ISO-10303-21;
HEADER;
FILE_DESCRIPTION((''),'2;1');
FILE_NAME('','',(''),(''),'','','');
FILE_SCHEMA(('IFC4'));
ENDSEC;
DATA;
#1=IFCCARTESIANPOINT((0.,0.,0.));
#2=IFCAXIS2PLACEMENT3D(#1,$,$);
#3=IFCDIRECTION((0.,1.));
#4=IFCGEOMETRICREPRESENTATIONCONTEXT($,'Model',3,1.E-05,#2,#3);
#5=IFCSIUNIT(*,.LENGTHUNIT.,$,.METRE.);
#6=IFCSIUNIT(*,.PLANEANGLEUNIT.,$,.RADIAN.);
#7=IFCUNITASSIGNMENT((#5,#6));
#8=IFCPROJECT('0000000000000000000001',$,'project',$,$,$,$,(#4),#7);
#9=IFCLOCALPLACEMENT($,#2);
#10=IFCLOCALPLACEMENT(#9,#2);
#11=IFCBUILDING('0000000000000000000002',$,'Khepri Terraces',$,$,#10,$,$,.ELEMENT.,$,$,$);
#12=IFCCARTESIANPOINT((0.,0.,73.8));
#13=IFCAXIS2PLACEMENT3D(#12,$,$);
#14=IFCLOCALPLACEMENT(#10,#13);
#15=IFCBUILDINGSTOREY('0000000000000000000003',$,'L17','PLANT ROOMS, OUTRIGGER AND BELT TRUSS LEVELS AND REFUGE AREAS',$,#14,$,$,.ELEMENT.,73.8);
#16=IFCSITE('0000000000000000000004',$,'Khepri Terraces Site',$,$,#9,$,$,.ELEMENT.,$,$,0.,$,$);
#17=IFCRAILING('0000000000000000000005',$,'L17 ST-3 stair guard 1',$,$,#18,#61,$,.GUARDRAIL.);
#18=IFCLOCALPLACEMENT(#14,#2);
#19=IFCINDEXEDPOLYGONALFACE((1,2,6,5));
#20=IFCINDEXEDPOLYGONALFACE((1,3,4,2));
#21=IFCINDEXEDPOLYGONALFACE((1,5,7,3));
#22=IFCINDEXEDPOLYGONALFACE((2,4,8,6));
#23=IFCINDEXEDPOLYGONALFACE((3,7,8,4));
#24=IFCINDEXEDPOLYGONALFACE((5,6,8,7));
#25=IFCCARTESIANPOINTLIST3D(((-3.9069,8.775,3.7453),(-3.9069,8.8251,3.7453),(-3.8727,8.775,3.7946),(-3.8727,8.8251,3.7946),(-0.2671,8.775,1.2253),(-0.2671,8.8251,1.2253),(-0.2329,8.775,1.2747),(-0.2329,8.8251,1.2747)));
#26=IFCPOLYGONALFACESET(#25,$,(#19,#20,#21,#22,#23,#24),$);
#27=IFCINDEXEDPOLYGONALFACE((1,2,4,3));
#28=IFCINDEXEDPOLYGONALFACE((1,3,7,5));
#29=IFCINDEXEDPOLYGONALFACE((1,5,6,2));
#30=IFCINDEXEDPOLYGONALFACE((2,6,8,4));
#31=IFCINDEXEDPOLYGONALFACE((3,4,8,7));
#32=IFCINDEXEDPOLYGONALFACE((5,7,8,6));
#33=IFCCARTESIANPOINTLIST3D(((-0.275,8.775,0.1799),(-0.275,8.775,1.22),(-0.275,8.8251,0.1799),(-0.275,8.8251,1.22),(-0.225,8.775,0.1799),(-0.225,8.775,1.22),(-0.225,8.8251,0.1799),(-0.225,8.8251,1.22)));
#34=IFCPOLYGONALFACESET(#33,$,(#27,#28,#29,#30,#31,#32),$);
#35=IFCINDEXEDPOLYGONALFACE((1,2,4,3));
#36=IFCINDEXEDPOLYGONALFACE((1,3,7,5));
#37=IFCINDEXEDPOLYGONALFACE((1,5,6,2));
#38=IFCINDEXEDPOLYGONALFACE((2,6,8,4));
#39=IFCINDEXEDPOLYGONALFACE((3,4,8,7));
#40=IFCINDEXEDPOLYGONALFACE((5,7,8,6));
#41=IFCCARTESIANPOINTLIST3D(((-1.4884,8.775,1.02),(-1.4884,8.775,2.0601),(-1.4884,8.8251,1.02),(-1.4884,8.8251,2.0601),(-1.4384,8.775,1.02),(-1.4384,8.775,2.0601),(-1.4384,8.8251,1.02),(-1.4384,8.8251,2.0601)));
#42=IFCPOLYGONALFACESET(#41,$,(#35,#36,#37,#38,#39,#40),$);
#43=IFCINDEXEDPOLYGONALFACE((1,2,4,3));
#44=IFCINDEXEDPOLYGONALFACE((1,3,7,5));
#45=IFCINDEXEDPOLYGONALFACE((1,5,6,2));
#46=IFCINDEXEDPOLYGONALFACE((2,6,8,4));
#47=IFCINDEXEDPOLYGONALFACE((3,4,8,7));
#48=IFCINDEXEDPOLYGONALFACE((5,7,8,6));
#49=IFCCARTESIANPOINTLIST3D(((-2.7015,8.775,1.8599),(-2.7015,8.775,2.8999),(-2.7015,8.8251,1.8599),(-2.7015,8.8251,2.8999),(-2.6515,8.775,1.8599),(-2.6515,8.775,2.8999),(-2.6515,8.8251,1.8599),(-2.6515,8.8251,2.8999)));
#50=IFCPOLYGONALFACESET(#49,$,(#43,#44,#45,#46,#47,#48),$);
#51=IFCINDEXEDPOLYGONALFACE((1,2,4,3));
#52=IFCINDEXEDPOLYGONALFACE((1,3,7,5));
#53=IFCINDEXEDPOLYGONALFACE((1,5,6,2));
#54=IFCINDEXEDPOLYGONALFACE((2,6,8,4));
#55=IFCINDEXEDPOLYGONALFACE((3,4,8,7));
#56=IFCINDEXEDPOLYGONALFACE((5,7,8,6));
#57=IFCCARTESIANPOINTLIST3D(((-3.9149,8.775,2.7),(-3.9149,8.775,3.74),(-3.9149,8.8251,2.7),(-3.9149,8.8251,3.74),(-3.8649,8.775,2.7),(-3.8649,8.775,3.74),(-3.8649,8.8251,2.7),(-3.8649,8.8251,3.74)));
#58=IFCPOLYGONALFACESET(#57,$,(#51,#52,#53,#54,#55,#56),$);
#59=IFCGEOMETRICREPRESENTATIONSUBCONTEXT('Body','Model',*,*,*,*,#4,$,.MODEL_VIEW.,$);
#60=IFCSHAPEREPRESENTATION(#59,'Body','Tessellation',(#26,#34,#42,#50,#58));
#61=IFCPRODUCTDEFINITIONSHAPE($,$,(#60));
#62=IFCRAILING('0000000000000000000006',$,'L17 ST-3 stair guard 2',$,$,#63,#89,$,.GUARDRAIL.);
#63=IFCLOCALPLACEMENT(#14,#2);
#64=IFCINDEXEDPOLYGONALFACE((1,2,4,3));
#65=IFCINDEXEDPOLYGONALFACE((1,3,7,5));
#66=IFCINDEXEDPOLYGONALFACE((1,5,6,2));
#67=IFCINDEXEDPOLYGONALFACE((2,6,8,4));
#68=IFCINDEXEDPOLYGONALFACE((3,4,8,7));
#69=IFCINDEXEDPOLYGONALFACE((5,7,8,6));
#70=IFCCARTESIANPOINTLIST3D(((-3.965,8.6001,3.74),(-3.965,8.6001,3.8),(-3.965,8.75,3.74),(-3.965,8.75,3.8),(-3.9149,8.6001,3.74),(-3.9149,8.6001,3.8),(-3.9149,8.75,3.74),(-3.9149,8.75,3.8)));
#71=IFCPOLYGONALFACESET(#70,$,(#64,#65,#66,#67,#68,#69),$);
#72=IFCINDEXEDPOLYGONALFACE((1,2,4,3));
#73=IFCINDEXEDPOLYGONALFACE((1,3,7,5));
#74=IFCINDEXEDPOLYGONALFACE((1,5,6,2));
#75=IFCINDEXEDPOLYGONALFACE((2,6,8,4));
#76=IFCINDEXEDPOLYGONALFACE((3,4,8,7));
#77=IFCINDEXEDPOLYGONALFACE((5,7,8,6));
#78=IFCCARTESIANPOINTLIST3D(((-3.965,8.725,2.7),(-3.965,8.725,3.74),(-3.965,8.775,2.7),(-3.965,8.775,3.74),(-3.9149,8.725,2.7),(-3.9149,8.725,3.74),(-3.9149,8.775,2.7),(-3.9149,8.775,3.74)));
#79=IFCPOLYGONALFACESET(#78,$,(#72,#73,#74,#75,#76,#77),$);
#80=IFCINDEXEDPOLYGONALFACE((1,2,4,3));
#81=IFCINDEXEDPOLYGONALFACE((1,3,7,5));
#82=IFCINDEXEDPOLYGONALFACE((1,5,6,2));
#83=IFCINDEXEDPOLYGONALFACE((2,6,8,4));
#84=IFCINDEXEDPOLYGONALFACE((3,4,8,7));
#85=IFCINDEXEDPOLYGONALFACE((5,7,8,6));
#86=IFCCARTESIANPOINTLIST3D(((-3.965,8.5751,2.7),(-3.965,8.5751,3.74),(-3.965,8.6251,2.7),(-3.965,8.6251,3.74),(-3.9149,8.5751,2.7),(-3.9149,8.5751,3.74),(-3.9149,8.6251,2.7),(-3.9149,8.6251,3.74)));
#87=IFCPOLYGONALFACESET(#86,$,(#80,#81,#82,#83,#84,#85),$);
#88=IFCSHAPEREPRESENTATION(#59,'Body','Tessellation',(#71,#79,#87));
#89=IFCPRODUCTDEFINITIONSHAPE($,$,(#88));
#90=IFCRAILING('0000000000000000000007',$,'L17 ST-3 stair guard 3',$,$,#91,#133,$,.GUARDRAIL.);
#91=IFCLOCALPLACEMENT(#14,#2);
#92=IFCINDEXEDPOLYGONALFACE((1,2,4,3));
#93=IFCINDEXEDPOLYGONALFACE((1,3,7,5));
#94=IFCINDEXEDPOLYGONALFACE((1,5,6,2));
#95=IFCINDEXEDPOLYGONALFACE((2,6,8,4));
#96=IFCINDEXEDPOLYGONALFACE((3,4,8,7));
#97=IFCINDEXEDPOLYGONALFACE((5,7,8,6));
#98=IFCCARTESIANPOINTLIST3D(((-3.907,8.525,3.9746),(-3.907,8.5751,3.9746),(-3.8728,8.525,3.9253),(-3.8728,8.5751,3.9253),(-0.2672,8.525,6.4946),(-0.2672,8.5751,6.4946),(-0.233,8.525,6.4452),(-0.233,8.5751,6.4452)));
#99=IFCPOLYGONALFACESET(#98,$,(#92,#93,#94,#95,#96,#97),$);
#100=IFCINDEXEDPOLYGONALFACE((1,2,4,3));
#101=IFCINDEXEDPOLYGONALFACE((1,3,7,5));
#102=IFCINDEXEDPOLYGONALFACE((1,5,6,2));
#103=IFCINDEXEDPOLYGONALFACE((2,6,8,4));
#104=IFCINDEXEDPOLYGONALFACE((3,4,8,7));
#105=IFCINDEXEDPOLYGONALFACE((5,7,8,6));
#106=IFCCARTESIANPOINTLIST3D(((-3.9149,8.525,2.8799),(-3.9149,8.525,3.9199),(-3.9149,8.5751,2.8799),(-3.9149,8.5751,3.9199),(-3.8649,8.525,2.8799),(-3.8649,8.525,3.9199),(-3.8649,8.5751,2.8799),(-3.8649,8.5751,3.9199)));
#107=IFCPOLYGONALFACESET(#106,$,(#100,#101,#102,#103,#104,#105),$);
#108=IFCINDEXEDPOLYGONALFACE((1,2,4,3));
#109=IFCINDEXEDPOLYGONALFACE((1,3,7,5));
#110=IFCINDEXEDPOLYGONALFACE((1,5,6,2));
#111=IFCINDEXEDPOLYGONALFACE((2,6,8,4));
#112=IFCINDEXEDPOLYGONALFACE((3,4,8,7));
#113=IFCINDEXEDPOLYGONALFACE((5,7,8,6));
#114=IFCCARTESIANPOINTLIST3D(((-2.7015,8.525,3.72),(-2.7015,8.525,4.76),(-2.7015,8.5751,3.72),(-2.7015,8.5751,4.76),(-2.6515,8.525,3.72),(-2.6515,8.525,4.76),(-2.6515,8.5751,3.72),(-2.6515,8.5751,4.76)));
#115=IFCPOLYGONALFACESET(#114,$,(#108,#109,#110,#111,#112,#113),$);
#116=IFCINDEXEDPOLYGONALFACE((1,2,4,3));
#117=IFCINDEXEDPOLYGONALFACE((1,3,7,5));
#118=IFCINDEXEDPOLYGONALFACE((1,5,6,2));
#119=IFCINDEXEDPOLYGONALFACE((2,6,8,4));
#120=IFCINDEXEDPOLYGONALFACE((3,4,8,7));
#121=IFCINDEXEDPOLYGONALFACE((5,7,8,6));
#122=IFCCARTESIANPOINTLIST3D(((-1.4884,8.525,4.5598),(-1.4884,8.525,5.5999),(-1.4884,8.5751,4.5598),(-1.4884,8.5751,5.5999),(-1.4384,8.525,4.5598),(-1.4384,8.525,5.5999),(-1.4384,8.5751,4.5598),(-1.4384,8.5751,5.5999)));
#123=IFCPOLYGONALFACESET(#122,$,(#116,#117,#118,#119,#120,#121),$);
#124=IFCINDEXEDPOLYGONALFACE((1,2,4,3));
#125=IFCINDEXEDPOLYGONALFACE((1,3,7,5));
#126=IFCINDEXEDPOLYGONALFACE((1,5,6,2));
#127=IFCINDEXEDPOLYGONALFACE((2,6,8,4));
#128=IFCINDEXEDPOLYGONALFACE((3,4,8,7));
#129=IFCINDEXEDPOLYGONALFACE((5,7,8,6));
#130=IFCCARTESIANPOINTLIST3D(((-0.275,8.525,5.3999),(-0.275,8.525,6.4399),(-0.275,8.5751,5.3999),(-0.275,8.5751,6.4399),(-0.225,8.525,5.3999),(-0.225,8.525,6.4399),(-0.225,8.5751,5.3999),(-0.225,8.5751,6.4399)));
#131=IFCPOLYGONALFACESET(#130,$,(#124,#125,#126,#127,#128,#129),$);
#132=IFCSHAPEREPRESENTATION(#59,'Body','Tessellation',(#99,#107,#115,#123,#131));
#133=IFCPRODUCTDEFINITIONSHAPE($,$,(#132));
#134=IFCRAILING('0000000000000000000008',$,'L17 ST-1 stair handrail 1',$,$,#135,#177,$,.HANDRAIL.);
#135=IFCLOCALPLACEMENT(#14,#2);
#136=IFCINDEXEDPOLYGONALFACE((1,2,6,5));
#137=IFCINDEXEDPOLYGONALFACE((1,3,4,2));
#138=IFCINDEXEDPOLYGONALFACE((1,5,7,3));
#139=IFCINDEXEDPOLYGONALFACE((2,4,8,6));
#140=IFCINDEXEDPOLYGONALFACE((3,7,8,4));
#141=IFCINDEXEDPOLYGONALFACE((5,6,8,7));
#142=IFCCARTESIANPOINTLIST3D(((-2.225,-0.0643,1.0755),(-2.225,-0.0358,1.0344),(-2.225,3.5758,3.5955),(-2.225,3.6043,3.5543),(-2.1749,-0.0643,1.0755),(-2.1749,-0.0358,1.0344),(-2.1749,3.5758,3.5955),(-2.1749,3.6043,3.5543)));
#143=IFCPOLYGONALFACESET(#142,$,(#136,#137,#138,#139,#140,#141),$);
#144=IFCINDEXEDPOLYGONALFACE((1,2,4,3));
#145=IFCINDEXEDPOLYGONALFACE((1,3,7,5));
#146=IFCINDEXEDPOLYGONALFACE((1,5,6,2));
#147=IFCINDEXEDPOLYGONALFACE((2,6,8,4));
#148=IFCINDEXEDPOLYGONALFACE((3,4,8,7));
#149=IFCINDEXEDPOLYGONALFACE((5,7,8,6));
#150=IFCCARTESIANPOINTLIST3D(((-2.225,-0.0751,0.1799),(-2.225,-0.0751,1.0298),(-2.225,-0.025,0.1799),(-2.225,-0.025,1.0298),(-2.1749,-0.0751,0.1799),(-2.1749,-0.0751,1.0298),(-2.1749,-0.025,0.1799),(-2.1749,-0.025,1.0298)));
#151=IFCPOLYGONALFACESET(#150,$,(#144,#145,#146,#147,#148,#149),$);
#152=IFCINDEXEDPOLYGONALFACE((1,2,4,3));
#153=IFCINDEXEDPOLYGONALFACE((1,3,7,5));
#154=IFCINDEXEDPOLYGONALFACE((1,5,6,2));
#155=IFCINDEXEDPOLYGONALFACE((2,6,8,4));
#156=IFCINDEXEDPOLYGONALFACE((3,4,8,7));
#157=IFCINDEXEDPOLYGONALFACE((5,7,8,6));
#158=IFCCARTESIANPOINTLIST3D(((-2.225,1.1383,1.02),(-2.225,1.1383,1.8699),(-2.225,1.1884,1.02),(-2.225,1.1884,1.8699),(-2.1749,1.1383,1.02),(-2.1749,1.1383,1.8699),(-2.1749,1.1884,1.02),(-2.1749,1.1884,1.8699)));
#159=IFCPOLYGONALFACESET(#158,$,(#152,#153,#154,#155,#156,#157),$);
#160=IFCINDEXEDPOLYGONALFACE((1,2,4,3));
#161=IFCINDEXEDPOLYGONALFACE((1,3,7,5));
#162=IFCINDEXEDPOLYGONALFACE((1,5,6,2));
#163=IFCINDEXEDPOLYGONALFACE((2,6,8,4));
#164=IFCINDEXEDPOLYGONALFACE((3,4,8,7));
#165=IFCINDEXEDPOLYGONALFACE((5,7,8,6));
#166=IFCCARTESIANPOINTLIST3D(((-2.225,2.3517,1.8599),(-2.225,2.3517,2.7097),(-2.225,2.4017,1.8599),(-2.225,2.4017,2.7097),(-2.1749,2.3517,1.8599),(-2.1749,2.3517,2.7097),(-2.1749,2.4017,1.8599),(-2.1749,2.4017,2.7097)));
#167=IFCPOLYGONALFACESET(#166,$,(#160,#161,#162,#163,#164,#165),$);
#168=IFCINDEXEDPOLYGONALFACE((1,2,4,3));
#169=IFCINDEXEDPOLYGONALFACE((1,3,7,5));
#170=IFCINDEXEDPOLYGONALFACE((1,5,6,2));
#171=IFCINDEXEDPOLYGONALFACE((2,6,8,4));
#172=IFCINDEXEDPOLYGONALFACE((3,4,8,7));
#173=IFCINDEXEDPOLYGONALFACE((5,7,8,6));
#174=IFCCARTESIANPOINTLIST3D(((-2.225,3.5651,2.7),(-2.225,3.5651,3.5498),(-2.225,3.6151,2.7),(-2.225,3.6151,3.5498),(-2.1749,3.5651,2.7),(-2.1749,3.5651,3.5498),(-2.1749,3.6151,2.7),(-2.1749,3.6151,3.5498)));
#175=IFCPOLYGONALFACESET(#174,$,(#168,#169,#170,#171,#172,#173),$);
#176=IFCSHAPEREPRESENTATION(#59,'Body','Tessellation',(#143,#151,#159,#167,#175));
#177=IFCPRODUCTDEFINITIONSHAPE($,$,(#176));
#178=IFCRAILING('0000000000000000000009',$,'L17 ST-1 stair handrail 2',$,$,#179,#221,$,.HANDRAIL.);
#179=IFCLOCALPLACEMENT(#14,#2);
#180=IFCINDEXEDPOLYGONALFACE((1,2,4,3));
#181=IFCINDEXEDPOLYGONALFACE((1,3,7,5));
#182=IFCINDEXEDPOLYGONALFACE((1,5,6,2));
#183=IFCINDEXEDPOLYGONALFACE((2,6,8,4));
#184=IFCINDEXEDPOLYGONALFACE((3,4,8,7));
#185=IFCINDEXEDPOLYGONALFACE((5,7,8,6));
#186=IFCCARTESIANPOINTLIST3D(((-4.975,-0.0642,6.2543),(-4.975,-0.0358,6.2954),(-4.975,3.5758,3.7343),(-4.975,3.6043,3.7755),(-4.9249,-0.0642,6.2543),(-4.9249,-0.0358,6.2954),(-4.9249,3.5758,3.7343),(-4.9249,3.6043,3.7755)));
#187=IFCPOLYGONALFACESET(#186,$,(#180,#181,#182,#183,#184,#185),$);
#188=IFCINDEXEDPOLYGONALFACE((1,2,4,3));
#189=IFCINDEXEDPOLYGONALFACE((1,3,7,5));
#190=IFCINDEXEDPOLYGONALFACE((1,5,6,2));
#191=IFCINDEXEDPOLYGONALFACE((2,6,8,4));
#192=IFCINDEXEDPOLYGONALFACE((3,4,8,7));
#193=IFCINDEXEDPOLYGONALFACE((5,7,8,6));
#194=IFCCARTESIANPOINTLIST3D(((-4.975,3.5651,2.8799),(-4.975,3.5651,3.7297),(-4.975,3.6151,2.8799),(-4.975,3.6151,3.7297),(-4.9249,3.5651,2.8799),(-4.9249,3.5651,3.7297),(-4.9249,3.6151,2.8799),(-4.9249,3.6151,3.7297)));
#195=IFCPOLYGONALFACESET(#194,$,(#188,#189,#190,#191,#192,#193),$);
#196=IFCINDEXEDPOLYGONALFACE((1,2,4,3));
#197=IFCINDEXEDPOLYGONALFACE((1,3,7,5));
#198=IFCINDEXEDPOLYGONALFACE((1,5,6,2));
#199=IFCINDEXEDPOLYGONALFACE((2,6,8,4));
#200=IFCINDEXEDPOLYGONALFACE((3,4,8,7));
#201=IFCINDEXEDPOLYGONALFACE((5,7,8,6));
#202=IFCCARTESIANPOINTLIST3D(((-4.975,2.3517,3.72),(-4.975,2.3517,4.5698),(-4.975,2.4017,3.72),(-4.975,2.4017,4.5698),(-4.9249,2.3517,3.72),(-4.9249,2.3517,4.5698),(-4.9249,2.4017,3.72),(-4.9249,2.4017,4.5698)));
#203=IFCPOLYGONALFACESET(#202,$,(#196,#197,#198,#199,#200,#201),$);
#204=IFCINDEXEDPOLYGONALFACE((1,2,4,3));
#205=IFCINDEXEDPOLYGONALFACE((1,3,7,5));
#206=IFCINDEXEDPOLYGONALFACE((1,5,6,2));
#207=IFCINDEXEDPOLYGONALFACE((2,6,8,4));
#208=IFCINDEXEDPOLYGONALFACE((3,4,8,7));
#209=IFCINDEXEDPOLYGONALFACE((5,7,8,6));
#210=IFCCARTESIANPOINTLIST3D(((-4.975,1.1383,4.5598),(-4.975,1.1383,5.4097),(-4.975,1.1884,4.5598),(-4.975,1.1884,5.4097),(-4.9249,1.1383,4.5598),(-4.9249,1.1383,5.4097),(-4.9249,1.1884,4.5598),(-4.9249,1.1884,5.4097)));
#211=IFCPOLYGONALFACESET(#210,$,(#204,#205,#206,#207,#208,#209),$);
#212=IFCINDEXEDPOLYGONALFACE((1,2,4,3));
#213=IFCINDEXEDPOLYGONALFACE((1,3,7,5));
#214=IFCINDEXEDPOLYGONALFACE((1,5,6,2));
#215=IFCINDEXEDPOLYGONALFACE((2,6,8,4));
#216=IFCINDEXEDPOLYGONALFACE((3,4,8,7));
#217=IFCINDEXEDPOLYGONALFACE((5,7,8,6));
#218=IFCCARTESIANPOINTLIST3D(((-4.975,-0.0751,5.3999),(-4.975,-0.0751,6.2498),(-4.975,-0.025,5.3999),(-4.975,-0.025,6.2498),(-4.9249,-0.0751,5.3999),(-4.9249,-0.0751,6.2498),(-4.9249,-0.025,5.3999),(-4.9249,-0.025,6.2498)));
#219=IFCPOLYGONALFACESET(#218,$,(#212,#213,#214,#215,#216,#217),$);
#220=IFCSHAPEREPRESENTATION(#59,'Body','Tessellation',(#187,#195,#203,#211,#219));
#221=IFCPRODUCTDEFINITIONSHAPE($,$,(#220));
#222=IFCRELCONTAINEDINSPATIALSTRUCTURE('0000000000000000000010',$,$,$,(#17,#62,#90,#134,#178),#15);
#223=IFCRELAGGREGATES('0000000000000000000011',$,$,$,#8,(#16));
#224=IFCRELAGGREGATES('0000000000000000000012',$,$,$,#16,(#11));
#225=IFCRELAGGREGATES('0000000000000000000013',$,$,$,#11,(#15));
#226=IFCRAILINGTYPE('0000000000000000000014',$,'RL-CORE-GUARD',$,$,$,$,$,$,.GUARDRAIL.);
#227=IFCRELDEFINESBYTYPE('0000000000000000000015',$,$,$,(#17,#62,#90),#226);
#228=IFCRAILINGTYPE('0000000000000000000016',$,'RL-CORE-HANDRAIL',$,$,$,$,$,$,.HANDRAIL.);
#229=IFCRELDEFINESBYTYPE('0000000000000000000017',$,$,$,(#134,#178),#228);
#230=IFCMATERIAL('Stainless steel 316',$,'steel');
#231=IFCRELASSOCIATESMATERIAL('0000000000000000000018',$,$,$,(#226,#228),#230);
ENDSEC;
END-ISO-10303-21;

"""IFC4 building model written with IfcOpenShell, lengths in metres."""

from ifc_helpers import new_model, si_unit, direction, frame, origin, origin_2d, place, context, subcontext, project, spatial, rectangle, extrude, material, type_object, element, save


model = new_model("IFC4")

# Units and contexts
model_context = context("Model", 3, precision=1e-05, world=origin(), true_north=direction((0.0, 1.0)))
body_context = subcontext(model_context, "Body", "Model", "MODEL_VIEW")
ifc_project = project(units=[si_unit("LENGTHUNIT", "METRE"), si_unit("PLANEANGLEUNIT", "RADIAN")], contexts=[model_context])

# Site, building, storey
site_placement = place(None, origin())
site = spatial("IfcSite", under=ifc_project, at=site_placement, Name="Khepri Terraces Site", CompositionType="ELEMENT", RefElevation=0.0)
building_placement = place(site_placement, origin())
building = spatial("IfcBuilding", under=site, at=building_placement, Name="Khepri Terraces", CompositionType="ELEMENT")
storey_placement = place(building_placement, frame((0.0, 0.0, 73.8)))
storey = spatial("IfcBuildingStorey", under=building, at=storey_placement, Name="L17", Description="PLANT ROOMS, OUTRIGGER AND BELT TRUSS LEVELS AND REFUGE AREAS", CompositionType="ELEMENT", Elevation=73.8)

# Railings
ifc_material_1 = material(Name="Stainless steel 316", Category="steel")
railing_type_1 = type_object("IfcRailingType", Name="RL-CORE-GUARD", PredefinedType="GUARDRAIL", material=ifc_material_1)
railing_1_placement = place(storey_placement, frame((-0.25, 8.8, 0.1799)))
element("IfcRailing", 1, at=railing_1_placement, inside=storey, type_object=railing_type_1, Name="L17 ST-3 stair guard 1", PredefinedType="GUARDRAIL", context=body_context, shape_type="SweptSolid", body=[
    extrude(rectangle(XDim=0.05, YDim=0.0601, at=origin_2d()), frame((0.0, 0.0, 1.0701), z_axis=(-0.822182, 0.0, 0.569224), x_axis=(0.0, -1.0, 0.0)), (0.0, 0.0, 1.0), 4.427),
    extrude(rectangle(XDim=0.05, YDim=0.05, at=origin_2d()), origin(), (0.0, 0.0, 1.0), 1.04),
    extrude(rectangle(XDim=0.05, YDim=0.05, at=origin_2d()), frame((-1.2134, 0.0, 0.8401)), (0.0, 0.0, 1.0), 1.04),
    extrude(rectangle(XDim=0.05, YDim=0.05, at=origin_2d()), frame((-2.4265, 0.0, 1.6799)), (0.0, 0.0, 1.0), 1.04),
    extrude(rectangle(XDim=0.05, YDim=0.05, at=origin_2d()), frame((-3.6399, 0.0, 2.52)), (0.0, 0.0, 1.0), 1.04),
])
railing_2_placement = place(storey_placement, frame((-3.9399, 8.75, 2.7)))
element("IfcRailing", 2, at=railing_2_placement, inside=storey, type_object=railing_type_1, Name="L17 ST-3 stair guard 2", PredefinedType="GUARDRAIL", context=body_context, shape_type="SweptSolid", body=[
    extrude(rectangle(XDim=0.05, YDim=0.0601, at=origin_2d()), frame((0.0, 0.0, 1.0701), z_axis=(0.0, -1.0, 0.0), x_axis=(1.0, 0.0, 0.0)), (0.0, 0.0, 1.0), 0.1499),
    extrude(rectangle(XDim=0.05, YDim=0.05, at=origin_2d()), origin(), (0.0, 0.0, 1.0), 1.04),
    extrude(rectangle(XDim=0.05, YDim=0.05, at=origin_2d()), frame((0.0, -0.1499, 0.0)), (0.0, 0.0, 1.0), 1.04),
])
railing_3_placement = place(storey_placement, frame((-3.8899, 8.55, 2.8799)))
element("IfcRailing", 3, at=railing_3_placement, inside=storey, type_object=railing_type_1, Name="L17 ST-3 stair guard 3", PredefinedType="GUARDRAIL", context=body_context, shape_type="SweptSolid", body=[
    extrude(rectangle(XDim=0.05, YDim=0.0601, at=origin_2d()), frame((0.0, 0.0, 1.0701), z_axis=(0.822182, 0.0, 0.569224), x_axis=(0.0, 1.0, 0.0)), (0.0, 0.0, 1.0), 4.427),
    extrude(rectangle(XDim=0.05, YDim=0.05, at=origin_2d()), origin(), (0.0, 0.0, 1.0), 1.04),
    extrude(rectangle(XDim=0.05, YDim=0.05, at=origin_2d()), frame((1.2134, 0.0, 0.8401)), (0.0, 0.0, 1.0), 1.04),
    extrude(rectangle(XDim=0.05, YDim=0.05, at=origin_2d()), frame((2.4265, 0.0, 1.6799)), (0.0, 0.0, 1.0), 1.04),
    extrude(rectangle(XDim=0.05, YDim=0.05, at=origin_2d()), frame((3.6399, 0.0, 2.52)), (0.0, 0.0, 1.0), 1.04),
])
railing_type_2 = type_object("IfcRailingType", Name="RL-CORE-HANDRAIL", PredefinedType="HANDRAIL", material=ifc_material_1)
railing_4_placement = place(storey_placement, frame((-2.2, -0.05, 0.1799)))
element("IfcRailing", 4, at=railing_4_placement, inside=storey, type_object=railing_type_2, Name="L17 ST-1 stair handrail 1", PredefinedType="HANDRAIL", context=body_context, shape_type="SweptSolid", body=[
    extrude(rectangle(XDim=0.05, YDim=0.05, at=origin_2d()), frame((0.0, 0.0, 0.875), z_axis=(0.0, 0.8222, 0.569199), x_axis=(-1.0, 0.0, 0.0)), (0.0, 0.0, 1.0), 4.4272),
    extrude(rectangle(XDim=0.05, YDim=0.05, at=origin_2d()), origin(), (0.0, 0.0, 1.0), 0.8499),
    extrude(rectangle(XDim=0.05, YDim=0.05, at=origin_2d()), frame((0.0, 1.2134, 0.8401)), (0.0, 0.0, 1.0), 0.8499),
    extrude(rectangle(XDim=0.05, YDim=0.05, at=origin_2d()), frame((0.0, 2.4268, 1.6799)), (0.0, 0.0, 1.0), 0.8499),
    extrude(rectangle(XDim=0.05, YDim=0.05, at=origin_2d()), frame((0.0, 3.6401, 2.52)), (0.0, 0.0, 1.0), 0.8499),
])
railing_5_placement = place(storey_placement, frame((-4.95, 3.5901, 2.8799)))
element("IfcRailing", 5, at=railing_5_placement, inside=storey, type_object=railing_type_2, Name="L17 ST-1 stair handrail 2", PredefinedType="HANDRAIL", context=body_context, shape_type="SweptSolid", body=[
    extrude(rectangle(XDim=0.05, YDim=0.05, at=origin_2d()), frame((0.0, 0.0, 0.875), z_axis=(0.0, -0.8222, 0.569199), x_axis=(1.0, 0.0, 0.0)), (0.0, 0.0, 1.0), 4.4272),
    extrude(rectangle(XDim=0.05, YDim=0.05, at=origin_2d()), origin(), (0.0, 0.0, 1.0), 0.8499),
    extrude(rectangle(XDim=0.05, YDim=0.05, at=origin_2d()), frame((0.0, -1.2134, 0.8401)), (0.0, 0.0, 1.0), 0.8499),
    extrude(rectangle(XDim=0.05, YDim=0.05, at=origin_2d()), frame((0.0, -2.4268, 1.6799)), (0.0, 0.0, 1.0), 0.8499),
    extrude(rectangle(XDim=0.05, YDim=0.05, at=origin_2d()), frame((0.0, -3.6401, 2.52)), (0.0, 0.0, 1.0), 0.8499),
])

save(model, "model.ifc")
